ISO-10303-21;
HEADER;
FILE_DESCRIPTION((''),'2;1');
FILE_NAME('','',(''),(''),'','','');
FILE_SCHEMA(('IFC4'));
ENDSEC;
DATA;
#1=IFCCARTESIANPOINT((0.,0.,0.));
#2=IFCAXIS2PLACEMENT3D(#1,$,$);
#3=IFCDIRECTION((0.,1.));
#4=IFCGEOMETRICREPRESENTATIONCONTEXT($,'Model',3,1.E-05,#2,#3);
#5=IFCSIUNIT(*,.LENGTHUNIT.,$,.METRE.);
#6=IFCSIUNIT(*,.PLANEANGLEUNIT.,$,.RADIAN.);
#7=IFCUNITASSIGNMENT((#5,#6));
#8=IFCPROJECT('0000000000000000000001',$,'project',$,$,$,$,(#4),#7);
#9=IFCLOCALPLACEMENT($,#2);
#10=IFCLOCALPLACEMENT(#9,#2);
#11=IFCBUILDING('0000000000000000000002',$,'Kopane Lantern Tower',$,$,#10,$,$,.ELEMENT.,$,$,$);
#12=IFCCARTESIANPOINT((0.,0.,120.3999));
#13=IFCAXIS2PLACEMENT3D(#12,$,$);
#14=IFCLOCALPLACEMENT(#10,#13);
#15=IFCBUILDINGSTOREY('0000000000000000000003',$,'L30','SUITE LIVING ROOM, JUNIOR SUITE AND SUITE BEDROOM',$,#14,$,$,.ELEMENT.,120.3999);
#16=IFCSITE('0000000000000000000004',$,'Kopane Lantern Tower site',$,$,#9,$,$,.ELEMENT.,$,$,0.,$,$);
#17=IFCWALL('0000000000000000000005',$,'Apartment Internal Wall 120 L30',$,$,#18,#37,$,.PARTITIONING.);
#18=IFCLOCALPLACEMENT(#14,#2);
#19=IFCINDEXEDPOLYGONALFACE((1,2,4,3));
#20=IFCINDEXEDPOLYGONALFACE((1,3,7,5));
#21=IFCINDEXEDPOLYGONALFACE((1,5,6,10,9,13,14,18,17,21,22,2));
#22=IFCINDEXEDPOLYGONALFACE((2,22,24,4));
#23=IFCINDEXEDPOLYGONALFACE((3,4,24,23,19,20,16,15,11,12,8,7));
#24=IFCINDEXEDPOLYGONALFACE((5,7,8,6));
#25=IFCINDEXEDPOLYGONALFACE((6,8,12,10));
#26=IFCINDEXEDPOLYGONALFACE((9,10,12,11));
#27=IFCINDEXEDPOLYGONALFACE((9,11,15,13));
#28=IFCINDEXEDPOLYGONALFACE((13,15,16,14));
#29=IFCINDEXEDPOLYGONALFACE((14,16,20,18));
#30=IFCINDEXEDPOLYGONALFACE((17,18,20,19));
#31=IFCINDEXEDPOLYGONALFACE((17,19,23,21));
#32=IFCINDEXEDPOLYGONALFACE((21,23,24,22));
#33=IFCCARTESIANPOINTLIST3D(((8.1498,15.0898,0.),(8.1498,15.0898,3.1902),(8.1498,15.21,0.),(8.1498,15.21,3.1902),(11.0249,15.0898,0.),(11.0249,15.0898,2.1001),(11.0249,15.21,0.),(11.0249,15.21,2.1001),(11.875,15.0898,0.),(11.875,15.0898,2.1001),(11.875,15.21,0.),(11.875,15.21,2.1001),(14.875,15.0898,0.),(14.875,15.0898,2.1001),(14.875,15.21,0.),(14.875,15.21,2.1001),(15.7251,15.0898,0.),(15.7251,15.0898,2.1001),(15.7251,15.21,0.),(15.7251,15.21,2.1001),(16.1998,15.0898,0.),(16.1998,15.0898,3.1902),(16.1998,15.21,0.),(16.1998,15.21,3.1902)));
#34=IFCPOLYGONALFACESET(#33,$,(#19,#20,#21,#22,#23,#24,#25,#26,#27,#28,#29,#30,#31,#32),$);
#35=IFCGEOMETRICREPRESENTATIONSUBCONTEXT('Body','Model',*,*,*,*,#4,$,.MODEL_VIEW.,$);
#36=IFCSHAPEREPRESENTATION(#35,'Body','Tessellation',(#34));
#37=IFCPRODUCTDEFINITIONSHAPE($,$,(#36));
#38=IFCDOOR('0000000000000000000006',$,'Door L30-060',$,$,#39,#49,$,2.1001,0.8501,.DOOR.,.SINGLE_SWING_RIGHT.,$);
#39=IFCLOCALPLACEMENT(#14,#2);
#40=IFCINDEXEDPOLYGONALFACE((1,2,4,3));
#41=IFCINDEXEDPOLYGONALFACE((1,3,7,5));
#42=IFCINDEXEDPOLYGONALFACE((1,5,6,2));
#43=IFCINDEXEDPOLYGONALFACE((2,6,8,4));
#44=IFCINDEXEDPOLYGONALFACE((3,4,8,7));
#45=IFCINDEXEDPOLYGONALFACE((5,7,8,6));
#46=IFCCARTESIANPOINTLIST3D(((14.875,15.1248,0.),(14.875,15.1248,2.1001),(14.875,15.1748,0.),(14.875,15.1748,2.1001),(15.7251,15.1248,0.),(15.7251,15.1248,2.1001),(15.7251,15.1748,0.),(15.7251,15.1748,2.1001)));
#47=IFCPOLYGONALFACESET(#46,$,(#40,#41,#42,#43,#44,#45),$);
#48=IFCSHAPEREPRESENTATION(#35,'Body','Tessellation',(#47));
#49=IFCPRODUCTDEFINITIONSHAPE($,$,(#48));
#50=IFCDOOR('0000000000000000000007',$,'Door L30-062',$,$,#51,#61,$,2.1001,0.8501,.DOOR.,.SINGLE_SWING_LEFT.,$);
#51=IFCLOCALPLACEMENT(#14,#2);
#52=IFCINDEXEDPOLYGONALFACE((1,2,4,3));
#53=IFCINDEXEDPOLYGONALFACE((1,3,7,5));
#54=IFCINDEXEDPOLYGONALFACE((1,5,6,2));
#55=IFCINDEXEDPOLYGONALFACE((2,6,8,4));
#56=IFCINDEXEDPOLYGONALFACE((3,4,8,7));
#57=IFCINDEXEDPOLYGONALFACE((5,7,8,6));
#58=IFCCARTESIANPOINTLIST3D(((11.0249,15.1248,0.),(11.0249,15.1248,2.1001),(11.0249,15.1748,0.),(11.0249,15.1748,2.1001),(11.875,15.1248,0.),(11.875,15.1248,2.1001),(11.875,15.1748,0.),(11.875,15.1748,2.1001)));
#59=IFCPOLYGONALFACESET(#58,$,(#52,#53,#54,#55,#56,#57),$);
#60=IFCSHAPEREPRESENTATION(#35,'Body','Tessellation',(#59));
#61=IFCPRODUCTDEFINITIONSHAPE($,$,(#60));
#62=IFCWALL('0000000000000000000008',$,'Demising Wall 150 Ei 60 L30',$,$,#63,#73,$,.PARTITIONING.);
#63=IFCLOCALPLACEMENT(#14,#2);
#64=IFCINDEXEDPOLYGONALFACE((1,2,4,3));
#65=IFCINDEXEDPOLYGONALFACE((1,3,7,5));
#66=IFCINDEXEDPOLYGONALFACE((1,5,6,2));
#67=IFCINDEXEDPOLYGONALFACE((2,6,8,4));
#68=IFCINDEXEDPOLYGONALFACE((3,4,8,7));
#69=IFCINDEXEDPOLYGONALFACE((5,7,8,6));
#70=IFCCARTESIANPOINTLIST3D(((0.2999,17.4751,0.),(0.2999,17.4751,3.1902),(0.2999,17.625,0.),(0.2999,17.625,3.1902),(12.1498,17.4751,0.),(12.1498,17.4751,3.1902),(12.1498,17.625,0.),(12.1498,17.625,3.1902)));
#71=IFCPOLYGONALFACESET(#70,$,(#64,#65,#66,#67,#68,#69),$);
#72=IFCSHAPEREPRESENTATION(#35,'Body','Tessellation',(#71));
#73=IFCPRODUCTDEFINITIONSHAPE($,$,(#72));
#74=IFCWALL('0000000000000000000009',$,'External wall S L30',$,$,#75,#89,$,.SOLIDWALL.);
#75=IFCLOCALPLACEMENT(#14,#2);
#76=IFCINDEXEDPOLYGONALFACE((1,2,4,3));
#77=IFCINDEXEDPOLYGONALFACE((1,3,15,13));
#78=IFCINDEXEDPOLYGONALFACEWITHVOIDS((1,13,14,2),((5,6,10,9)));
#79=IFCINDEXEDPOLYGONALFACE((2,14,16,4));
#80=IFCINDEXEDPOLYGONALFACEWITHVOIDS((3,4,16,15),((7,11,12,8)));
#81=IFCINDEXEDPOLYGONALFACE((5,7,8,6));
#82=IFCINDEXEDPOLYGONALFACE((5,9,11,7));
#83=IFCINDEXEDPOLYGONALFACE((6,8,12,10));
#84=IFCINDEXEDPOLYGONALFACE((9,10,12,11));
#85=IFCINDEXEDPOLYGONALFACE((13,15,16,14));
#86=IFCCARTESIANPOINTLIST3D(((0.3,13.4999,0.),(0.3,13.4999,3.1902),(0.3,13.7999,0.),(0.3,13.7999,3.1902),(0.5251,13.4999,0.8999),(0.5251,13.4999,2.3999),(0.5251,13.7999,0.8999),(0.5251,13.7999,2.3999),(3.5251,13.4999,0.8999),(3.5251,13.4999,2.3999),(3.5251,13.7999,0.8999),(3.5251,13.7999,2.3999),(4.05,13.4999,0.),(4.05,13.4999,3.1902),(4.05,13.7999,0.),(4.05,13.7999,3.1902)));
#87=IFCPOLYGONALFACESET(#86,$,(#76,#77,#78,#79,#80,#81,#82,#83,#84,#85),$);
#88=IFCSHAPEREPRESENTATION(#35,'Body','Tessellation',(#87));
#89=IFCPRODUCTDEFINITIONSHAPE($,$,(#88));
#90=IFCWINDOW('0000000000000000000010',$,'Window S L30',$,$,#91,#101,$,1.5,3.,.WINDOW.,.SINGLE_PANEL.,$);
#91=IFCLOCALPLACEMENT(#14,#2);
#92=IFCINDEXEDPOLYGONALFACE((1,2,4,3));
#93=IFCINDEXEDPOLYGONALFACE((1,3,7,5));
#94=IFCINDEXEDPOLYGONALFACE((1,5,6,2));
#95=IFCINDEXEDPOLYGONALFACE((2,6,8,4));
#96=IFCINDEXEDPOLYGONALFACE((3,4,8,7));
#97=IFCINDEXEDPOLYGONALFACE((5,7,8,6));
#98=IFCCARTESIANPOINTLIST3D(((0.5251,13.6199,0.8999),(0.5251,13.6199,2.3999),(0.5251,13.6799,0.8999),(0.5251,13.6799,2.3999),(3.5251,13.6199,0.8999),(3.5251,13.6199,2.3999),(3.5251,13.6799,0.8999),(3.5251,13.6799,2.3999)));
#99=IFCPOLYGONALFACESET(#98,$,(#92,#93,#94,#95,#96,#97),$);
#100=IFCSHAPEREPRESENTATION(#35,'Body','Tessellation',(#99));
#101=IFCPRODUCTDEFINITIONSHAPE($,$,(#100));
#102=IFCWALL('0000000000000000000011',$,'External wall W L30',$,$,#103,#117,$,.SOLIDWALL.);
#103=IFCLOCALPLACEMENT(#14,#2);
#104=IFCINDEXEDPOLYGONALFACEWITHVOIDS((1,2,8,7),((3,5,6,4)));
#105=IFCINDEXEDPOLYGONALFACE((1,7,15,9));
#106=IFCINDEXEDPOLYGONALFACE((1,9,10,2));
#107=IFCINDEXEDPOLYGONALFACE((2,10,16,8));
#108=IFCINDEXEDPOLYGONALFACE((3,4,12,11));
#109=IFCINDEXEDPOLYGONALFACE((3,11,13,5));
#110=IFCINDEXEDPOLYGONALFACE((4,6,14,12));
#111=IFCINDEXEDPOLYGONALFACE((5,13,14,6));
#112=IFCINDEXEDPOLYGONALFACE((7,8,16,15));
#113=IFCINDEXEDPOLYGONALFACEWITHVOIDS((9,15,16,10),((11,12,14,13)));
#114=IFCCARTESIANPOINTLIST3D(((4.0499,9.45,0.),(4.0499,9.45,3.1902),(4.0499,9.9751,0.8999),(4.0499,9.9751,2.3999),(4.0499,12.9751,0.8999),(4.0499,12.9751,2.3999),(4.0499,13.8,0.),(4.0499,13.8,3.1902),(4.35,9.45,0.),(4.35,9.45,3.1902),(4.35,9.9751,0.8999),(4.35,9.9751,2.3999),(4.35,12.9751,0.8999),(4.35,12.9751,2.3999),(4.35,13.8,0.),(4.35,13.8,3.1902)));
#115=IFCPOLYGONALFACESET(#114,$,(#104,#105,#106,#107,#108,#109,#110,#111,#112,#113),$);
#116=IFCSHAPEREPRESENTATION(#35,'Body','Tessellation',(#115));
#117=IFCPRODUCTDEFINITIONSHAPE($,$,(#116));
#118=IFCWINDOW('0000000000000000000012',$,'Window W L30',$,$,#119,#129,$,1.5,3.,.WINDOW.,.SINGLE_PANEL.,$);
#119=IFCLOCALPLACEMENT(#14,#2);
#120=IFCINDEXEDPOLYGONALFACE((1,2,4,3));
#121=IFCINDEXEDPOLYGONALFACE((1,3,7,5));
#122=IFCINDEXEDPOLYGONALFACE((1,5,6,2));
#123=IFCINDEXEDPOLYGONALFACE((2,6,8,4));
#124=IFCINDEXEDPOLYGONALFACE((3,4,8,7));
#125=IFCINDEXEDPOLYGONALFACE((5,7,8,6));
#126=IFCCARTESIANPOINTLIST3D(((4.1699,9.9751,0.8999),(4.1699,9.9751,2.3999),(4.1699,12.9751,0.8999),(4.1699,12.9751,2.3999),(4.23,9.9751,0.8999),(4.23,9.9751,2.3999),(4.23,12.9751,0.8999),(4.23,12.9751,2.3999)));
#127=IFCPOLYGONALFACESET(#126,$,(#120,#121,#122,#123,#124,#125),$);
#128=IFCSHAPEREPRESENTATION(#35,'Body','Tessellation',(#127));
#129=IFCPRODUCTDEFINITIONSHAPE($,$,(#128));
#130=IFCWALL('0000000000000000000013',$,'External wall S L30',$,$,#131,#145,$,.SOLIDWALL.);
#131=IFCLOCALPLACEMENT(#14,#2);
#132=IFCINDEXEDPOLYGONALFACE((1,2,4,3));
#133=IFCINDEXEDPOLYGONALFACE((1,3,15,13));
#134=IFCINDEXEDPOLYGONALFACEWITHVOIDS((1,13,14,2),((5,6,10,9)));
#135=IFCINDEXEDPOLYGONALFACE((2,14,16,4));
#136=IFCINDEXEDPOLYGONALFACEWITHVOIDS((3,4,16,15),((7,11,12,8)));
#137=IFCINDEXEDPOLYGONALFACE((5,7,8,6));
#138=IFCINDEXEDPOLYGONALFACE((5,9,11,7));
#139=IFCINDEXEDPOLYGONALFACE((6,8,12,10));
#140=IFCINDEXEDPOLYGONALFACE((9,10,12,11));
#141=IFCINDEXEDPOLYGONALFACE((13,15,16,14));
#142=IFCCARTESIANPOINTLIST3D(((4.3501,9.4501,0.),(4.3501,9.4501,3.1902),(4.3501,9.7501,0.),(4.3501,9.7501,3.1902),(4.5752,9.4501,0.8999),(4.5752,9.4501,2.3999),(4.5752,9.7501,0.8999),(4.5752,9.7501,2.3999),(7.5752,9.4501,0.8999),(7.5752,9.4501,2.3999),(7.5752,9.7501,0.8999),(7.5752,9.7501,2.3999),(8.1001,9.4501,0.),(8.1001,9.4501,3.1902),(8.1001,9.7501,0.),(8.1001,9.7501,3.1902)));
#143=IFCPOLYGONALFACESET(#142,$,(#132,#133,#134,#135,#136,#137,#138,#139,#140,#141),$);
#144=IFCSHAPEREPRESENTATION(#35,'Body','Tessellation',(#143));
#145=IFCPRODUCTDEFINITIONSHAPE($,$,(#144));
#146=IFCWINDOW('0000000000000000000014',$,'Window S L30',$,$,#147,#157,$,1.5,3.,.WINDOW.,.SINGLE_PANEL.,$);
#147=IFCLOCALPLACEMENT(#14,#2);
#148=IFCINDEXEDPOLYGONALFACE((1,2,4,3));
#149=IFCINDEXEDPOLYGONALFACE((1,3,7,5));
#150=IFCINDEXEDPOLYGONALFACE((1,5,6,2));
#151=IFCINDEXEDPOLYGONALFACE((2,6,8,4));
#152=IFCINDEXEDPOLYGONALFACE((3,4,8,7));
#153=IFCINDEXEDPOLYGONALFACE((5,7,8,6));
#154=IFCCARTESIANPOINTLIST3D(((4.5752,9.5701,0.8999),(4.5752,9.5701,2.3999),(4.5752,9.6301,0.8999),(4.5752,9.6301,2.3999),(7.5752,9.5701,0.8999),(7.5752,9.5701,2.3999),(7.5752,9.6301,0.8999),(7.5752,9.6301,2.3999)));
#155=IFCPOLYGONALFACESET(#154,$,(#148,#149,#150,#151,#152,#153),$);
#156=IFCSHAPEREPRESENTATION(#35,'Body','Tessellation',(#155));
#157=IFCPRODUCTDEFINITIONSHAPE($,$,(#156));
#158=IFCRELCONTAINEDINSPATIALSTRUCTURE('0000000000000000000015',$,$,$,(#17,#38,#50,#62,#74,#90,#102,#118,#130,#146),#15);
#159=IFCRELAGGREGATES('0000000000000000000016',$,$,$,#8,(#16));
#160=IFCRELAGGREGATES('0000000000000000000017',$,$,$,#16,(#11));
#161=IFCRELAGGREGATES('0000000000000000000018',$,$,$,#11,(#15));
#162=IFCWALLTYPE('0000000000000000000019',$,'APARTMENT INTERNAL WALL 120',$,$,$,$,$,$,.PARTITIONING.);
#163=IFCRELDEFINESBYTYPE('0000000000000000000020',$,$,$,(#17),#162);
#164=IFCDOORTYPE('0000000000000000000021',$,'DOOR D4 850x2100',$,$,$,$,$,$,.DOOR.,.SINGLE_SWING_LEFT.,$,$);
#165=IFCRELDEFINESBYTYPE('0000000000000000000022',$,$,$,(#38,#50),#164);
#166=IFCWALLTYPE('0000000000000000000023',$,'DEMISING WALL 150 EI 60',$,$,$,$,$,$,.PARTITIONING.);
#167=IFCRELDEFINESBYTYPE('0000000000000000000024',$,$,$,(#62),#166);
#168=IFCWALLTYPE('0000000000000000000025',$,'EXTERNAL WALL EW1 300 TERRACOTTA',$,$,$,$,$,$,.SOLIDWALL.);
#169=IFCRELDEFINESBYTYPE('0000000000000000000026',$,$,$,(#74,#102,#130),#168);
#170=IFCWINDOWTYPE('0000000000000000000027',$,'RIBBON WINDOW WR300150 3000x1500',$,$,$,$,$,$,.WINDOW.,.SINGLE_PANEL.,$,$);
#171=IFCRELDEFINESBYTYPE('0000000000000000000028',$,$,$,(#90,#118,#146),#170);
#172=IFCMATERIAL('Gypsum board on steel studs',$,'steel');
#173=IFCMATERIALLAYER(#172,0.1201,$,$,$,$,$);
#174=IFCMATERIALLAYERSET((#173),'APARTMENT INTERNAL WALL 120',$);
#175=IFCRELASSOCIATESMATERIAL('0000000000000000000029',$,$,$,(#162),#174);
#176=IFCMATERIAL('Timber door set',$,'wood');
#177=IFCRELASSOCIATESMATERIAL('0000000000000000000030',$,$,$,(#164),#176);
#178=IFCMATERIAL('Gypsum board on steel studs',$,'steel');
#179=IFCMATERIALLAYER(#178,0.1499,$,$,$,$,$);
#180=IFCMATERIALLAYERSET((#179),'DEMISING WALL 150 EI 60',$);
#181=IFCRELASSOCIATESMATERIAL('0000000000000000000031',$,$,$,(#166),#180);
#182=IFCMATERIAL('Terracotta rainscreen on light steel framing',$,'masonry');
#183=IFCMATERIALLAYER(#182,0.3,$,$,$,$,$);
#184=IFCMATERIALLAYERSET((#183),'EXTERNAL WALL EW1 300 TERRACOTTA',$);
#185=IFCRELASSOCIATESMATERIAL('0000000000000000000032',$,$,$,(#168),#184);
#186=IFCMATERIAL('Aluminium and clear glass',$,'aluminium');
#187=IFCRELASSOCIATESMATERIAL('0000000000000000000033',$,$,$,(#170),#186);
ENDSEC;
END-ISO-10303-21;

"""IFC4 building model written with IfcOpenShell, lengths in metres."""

from ifc_helpers import new_model, si_unit, direction, frame, frame_2d, origin, place, context, subcontext, project, spatial, rectangle, extrude, material, layer, layer_set, type_object, element, fill, save


model = new_model("IFC4")

# Units and contexts
model_context = context("Model", 3, precision=1e-05, world=origin(), true_north=direction((0.0, 1.0)))
body_context = subcontext(model_context, "Body", "Model", "MODEL_VIEW")
ifc_project = project(units=[si_unit("LENGTHUNIT", "METRE"), si_unit("PLANEANGLEUNIT", "RADIAN")], contexts=[model_context])

# Site, building, storey
site_placement = place(None, origin())
site = spatial("IfcSite", under=ifc_project, at=site_placement, Name="Kopane Lantern Tower site", CompositionType="ELEMENT", RefElevation=0.0)
building_placement = place(site_placement, origin())
building = spatial("IfcBuilding", under=site, at=building_placement, Name="Kopane Lantern Tower", CompositionType="ELEMENT")
storey_placement = place(building_placement, frame((0.0, 0.0, 120.3999)))
storey = spatial("IfcBuildingStorey", under=building, at=storey_placement, Name="L30", Description="SUITE LIVING ROOM, JUNIOR SUITE AND SUITE BEDROOM", CompositionType="ELEMENT", Elevation=120.3999)

# Wall, openings, doors
ifc_material_1 = material(Name="Gypsum board on steel studs", Category="steel")
ifc_layer_1 = layer(ifc_material_1, 0.1201)
ifc_layer_set_1 = layer_set([ifc_layer_1], Name="APARTMENT INTERNAL WALL 120")
wall_type_1 = type_object("IfcWallType", Name="APARTMENT INTERNAL WALL 120", PredefinedType="PARTITIONING", material=ifc_layer_set_1)
wall_1_placement = place(storey_placement, frame((8.1499, 15.1499, 0.0), z_axis=(0.0, 0.0, 1.0), x_axis=(1.0, 0.0, 0.0)))
wall_1 = element("IfcWall", 1, at=wall_1_placement, inside=storey, type_object=wall_type_1, Name="Apartment Internal Wall 120 L30", PredefinedType="PARTITIONING", context=body_context, shape_type="SweptSolid", body=[
    extrude(rectangle(XDim=8.05, YDim=0.1201, at=frame_2d((4.0249, 0.0))), origin(), (0.0, 0.0, 1.0), 3.1902),
])
opening_1_placement = place(wall_1_placement, frame((6.7251, 0.0, 0.0)))
opening_1 = element("IfcOpeningElement", 2, at=opening_1_placement, cuts=wall_1, PredefinedType="OPENING", context=body_context, shape_type="SweptSolid", body=[
    extrude(rectangle(XDim=0.8501, YDim=2.1001, at=frame_2d((0.425, 1.05))), frame((0.0, 0.0701, 0.0), z_axis=(0.0, -1.0, 0.0), x_axis=(1.0, 0.0, 0.0)), (0.0, 0.0, 1.0), 0.1401),
])
opening_2_placement = place(wall_1_placement, frame((2.875, 0.0, 0.0)))
opening_2 = element("IfcOpeningElement", 3, at=opening_2_placement, cuts=wall_1, PredefinedType="OPENING", context=body_context, shape_type="SweptSolid", body=[
    extrude(rectangle(XDim=0.8501, YDim=2.1001, at=frame_2d((0.425, 1.05))), frame((0.0, 0.0701, 0.0), z_axis=(0.0, -1.0, 0.0), x_axis=(1.0, 0.0, 0.0)), (0.0, 0.0, 1.0), 0.1401),
])
ifc_material_2 = material(Name="Timber door set", Category="wood")
door_type = type_object("IfcDoorType", Name="DOOR D4 850x2100", OperationType="SINGLE_SWING_LEFT", PredefinedType="DOOR", material=ifc_material_2)
door_1_placement = place(opening_1_placement, origin())
door_1 = element("IfcDoor", 4, at=door_1_placement, inside=storey, type_object=door_type, Name="Door L30-060", OperationType="SINGLE_SWING_RIGHT", OverallHeight=2.1001, OverallWidth=0.8501, PredefinedType="DOOR", context=body_context, shape_type="SweptSolid", body=[
    extrude(rectangle(XDim=0.8501, YDim=2.1001, at=frame_2d((0.425, 1.05))), frame((0.0, 0.0249, 0.0), z_axis=(0.0, -1.0, 0.0), x_axis=(1.0, 0.0, 0.0)), (0.0, 0.0, 1.0), 0.05),
])
fill(opening_1, door_1)
door_2_placement = place(opening_2_placement, origin())
door_2 = element("IfcDoor", 5, at=door_2_placement, inside=storey, type_object=door_type, Name="Door L30-062", OperationType="SINGLE_SWING_LEFT", OverallHeight=2.1001, OverallWidth=0.8501, PredefinedType="DOOR", context=body_context, shape_type="SweptSolid", body=[
    extrude(rectangle(XDim=0.8501, YDim=2.1001, at=frame_2d((0.425, 1.05))), frame((0.0, 0.0249, 0.0), z_axis=(0.0, -1.0, 0.0), x_axis=(1.0, 0.0, 0.0)), (0.0, 0.0, 1.0), 0.05),
])
fill(opening_2, door_2)

# Wall
ifc_material_3 = material(Name="Gypsum board on steel studs", Category="steel")
ifc_layer_2 = layer(ifc_material_3, 0.1499)
ifc_layer_set_2 = layer_set([ifc_layer_2], Name="DEMISING WALL 150 EI 60")
wall_type_2 = type_object("IfcWallType", Name="DEMISING WALL 150 EI 60", PredefinedType="PARTITIONING", material=ifc_layer_set_2)
wall_2_placement = place(storey_placement, frame((0.3, 17.55, 0.0), z_axis=(0.0, 0.0, 1.0), x_axis=(1.0, 0.0, 0.0)))
element("IfcWall", 6, at=wall_2_placement, inside=storey, type_object=wall_type_2, Name="Demising Wall 150 Ei 60 L30", PredefinedType="PARTITIONING", context=body_context, shape_type="SweptSolid", body=[
    extrude(rectangle(XDim=11.8499, YDim=0.1499, at=frame_2d((5.9248, 0.0))), origin(), (0.0, 0.0, 1.0), 3.1902),
])

# Walls, openings, windows
ifc_material_4 = material(Name="Terracotta rainscreen on light steel framing", Category="masonry")
ifc_layer_3 = layer(ifc_material_4, 0.3)
ifc_layer_set_3 = layer_set([ifc_layer_3], Name="EXTERNAL WALL EW1 300 TERRACOTTA")
wall_type_3 = type_object("IfcWallType", Name="EXTERNAL WALL EW1 300 TERRACOTTA", PredefinedType="SOLIDWALL", material=ifc_layer_set_3)
wall_3_placement = place(storey_placement, frame((0.3, 13.6499, 0.0), z_axis=(0.0, 0.0, 1.0), x_axis=(1.0, 0.0, 0.0)))
wall_3 = element("IfcWall", 7, at=wall_3_placement, inside=storey, type_object=wall_type_3, Name="External wall S L30", PredefinedType="SOLIDWALL", context=body_context, shape_type="SweptSolid", body=[
    extrude(rectangle(XDim=3.75, YDim=0.3, at=frame_2d((1.875, 0.0))), origin(), (0.0, 0.0, 1.0), 3.1902),
])
opening_3_placement = place(wall_3_placement, frame((0.2251, 0.0, 0.8999)))
opening_3 = element("IfcOpeningElement", 8, at=opening_3_placement, cuts=wall_3, PredefinedType="OPENING", context=body_context, shape_type="SweptSolid", body=[
    extrude(rectangle(XDim=3.0, YDim=1.5, at=frame_2d((1.5, 0.75))), frame((0.0, 0.1599, 0.0), z_axis=(0.0, -1.0, 0.0), x_axis=(1.0, 0.0, 0.0)), (0.0, 0.0, 1.0), 0.3201),
])
ifc_material_5 = material(Name="Aluminium and clear glass", Category="aluminium")
window_type = type_object("IfcWindowType", Name="RIBBON WINDOW WR300150 3000x1500", PartitioningType="SINGLE_PANEL", PredefinedType="WINDOW", material=ifc_material_5)
window_1_placement = place(opening_3_placement, origin())
window_1 = element("IfcWindow", 9, at=window_1_placement, inside=storey, type_object=window_type, Name="Window S L30", OverallHeight=1.5, OverallWidth=3.0, PartitioningType="SINGLE_PANEL", PredefinedType="WINDOW", context=body_context, shape_type="SweptSolid", body=[
    extrude(rectangle(XDim=3.0, YDim=1.5, at=frame_2d((1.5, 0.75))), frame((0.0, 0.03, 0.0), z_axis=(0.0, -1.0, 0.0), x_axis=(1.0, 0.0, 0.0)), (0.0, 0.0, 1.0), 0.0601),
])
fill(opening_3, window_1)
wall_4_placement = place(storey_placement, frame((4.2, 13.8, 0.0), z_axis=(0.0, 0.0, 1.0), x_axis=(0.0, -1.0, 0.0)))
wall_4 = element("IfcWall", 10, at=wall_4_placement, inside=storey, type_object=wall_type_3, Name="External wall W L30", PredefinedType="SOLIDWALL", context=body_context, shape_type="SweptSolid", body=[
    extrude(rectangle(XDim=4.3501, YDim=0.3, at=frame_2d((2.175, 0.0))), origin(), (0.0, 0.0, 1.0), 3.1902),
])
opening_4_placement = place(wall_4_placement, frame((0.825, 0.0, 0.8999)))
opening_4 = element("IfcOpeningElement", 11, at=opening_4_placement, cuts=wall_4, PredefinedType="OPENING", context=body_context, shape_type="SweptSolid", body=[
    extrude(rectangle(XDim=3.0, YDim=1.5, at=frame_2d((1.5, 0.75))), frame((0.0, 0.1599, 0.0), z_axis=(0.0, -1.0, 0.0), x_axis=(1.0, 0.0, 0.0)), (0.0, 0.0, 1.0), 0.3201),
])
window_2_placement = place(opening_4_placement, origin())
window_2 = element("IfcWindow", 12, at=window_2_placement, inside=storey, type_object=window_type, Name="Window W L30", OverallHeight=1.5, OverallWidth=3.0, PartitioningType="SINGLE_PANEL", PredefinedType="WINDOW", context=body_context, shape_type="SweptSolid", body=[
    extrude(rectangle(XDim=3.0, YDim=1.5, at=frame_2d((1.5, 0.75))), frame((0.0, 0.03, 0.0), z_axis=(0.0, -1.0, 0.0), x_axis=(1.0, 0.0, 0.0)), (0.0, 0.0, 1.0), 0.0601),
])
fill(opening_4, window_2)
wall_5_placement = place(storey_placement, frame((4.3501, 9.6001, 0.0), z_axis=(0.0, 0.0, 1.0), x_axis=(1.0, 0.0, 0.0)))
wall_5 = element("IfcWall", 13, at=wall_5_placement, inside=storey, type_object=wall_type_3, Name="External wall S L30", PredefinedType="SOLIDWALL", context=body_context, shape_type="SweptSolid", body=[
    extrude(rectangle(XDim=3.75, YDim=0.3, at=frame_2d((1.875, 0.0))), origin(), (0.0, 0.0, 1.0), 3.1902),
])
opening_5_placement = place(wall_5_placement, frame((0.2251, 0.0, 0.8999)))
opening_5 = element("IfcOpeningElement", 14, at=opening_5_placement, cuts=wall_5, PredefinedType="OPENING", context=body_context, shape_type="SweptSolid", body=[
    extrude(rectangle(XDim=3.0, YDim=1.5, at=frame_2d((1.5, 0.75))), frame((0.0, 0.1599, 0.0), z_axis=(0.0, -1.0, 0.0), x_axis=(1.0, 0.0, 0.0)), (0.0, 0.0, 1.0), 0.3201),
])
window_3_placement = place(opening_5_placement, origin())
window_3 = element("IfcWindow", 15, at=window_3_placement, inside=storey, type_object=window_type, Name="Window S L30", OverallHeight=1.5, OverallWidth=3.0, PartitioningType="SINGLE_PANEL", PredefinedType="WINDOW", context=body_context, shape_type="SweptSolid", body=[
    extrude(rectangle(XDim=3.0, YDim=1.5, at=frame_2d((1.5, 0.75))), frame((0.0, 0.03, 0.0), z_axis=(0.0, -1.0, 0.0), x_axis=(1.0, 0.0, 0.0)), (0.0, 0.0, 1.0), 0.0601),
])
fill(opening_5, window_3)

save(model, "model.ifc")
